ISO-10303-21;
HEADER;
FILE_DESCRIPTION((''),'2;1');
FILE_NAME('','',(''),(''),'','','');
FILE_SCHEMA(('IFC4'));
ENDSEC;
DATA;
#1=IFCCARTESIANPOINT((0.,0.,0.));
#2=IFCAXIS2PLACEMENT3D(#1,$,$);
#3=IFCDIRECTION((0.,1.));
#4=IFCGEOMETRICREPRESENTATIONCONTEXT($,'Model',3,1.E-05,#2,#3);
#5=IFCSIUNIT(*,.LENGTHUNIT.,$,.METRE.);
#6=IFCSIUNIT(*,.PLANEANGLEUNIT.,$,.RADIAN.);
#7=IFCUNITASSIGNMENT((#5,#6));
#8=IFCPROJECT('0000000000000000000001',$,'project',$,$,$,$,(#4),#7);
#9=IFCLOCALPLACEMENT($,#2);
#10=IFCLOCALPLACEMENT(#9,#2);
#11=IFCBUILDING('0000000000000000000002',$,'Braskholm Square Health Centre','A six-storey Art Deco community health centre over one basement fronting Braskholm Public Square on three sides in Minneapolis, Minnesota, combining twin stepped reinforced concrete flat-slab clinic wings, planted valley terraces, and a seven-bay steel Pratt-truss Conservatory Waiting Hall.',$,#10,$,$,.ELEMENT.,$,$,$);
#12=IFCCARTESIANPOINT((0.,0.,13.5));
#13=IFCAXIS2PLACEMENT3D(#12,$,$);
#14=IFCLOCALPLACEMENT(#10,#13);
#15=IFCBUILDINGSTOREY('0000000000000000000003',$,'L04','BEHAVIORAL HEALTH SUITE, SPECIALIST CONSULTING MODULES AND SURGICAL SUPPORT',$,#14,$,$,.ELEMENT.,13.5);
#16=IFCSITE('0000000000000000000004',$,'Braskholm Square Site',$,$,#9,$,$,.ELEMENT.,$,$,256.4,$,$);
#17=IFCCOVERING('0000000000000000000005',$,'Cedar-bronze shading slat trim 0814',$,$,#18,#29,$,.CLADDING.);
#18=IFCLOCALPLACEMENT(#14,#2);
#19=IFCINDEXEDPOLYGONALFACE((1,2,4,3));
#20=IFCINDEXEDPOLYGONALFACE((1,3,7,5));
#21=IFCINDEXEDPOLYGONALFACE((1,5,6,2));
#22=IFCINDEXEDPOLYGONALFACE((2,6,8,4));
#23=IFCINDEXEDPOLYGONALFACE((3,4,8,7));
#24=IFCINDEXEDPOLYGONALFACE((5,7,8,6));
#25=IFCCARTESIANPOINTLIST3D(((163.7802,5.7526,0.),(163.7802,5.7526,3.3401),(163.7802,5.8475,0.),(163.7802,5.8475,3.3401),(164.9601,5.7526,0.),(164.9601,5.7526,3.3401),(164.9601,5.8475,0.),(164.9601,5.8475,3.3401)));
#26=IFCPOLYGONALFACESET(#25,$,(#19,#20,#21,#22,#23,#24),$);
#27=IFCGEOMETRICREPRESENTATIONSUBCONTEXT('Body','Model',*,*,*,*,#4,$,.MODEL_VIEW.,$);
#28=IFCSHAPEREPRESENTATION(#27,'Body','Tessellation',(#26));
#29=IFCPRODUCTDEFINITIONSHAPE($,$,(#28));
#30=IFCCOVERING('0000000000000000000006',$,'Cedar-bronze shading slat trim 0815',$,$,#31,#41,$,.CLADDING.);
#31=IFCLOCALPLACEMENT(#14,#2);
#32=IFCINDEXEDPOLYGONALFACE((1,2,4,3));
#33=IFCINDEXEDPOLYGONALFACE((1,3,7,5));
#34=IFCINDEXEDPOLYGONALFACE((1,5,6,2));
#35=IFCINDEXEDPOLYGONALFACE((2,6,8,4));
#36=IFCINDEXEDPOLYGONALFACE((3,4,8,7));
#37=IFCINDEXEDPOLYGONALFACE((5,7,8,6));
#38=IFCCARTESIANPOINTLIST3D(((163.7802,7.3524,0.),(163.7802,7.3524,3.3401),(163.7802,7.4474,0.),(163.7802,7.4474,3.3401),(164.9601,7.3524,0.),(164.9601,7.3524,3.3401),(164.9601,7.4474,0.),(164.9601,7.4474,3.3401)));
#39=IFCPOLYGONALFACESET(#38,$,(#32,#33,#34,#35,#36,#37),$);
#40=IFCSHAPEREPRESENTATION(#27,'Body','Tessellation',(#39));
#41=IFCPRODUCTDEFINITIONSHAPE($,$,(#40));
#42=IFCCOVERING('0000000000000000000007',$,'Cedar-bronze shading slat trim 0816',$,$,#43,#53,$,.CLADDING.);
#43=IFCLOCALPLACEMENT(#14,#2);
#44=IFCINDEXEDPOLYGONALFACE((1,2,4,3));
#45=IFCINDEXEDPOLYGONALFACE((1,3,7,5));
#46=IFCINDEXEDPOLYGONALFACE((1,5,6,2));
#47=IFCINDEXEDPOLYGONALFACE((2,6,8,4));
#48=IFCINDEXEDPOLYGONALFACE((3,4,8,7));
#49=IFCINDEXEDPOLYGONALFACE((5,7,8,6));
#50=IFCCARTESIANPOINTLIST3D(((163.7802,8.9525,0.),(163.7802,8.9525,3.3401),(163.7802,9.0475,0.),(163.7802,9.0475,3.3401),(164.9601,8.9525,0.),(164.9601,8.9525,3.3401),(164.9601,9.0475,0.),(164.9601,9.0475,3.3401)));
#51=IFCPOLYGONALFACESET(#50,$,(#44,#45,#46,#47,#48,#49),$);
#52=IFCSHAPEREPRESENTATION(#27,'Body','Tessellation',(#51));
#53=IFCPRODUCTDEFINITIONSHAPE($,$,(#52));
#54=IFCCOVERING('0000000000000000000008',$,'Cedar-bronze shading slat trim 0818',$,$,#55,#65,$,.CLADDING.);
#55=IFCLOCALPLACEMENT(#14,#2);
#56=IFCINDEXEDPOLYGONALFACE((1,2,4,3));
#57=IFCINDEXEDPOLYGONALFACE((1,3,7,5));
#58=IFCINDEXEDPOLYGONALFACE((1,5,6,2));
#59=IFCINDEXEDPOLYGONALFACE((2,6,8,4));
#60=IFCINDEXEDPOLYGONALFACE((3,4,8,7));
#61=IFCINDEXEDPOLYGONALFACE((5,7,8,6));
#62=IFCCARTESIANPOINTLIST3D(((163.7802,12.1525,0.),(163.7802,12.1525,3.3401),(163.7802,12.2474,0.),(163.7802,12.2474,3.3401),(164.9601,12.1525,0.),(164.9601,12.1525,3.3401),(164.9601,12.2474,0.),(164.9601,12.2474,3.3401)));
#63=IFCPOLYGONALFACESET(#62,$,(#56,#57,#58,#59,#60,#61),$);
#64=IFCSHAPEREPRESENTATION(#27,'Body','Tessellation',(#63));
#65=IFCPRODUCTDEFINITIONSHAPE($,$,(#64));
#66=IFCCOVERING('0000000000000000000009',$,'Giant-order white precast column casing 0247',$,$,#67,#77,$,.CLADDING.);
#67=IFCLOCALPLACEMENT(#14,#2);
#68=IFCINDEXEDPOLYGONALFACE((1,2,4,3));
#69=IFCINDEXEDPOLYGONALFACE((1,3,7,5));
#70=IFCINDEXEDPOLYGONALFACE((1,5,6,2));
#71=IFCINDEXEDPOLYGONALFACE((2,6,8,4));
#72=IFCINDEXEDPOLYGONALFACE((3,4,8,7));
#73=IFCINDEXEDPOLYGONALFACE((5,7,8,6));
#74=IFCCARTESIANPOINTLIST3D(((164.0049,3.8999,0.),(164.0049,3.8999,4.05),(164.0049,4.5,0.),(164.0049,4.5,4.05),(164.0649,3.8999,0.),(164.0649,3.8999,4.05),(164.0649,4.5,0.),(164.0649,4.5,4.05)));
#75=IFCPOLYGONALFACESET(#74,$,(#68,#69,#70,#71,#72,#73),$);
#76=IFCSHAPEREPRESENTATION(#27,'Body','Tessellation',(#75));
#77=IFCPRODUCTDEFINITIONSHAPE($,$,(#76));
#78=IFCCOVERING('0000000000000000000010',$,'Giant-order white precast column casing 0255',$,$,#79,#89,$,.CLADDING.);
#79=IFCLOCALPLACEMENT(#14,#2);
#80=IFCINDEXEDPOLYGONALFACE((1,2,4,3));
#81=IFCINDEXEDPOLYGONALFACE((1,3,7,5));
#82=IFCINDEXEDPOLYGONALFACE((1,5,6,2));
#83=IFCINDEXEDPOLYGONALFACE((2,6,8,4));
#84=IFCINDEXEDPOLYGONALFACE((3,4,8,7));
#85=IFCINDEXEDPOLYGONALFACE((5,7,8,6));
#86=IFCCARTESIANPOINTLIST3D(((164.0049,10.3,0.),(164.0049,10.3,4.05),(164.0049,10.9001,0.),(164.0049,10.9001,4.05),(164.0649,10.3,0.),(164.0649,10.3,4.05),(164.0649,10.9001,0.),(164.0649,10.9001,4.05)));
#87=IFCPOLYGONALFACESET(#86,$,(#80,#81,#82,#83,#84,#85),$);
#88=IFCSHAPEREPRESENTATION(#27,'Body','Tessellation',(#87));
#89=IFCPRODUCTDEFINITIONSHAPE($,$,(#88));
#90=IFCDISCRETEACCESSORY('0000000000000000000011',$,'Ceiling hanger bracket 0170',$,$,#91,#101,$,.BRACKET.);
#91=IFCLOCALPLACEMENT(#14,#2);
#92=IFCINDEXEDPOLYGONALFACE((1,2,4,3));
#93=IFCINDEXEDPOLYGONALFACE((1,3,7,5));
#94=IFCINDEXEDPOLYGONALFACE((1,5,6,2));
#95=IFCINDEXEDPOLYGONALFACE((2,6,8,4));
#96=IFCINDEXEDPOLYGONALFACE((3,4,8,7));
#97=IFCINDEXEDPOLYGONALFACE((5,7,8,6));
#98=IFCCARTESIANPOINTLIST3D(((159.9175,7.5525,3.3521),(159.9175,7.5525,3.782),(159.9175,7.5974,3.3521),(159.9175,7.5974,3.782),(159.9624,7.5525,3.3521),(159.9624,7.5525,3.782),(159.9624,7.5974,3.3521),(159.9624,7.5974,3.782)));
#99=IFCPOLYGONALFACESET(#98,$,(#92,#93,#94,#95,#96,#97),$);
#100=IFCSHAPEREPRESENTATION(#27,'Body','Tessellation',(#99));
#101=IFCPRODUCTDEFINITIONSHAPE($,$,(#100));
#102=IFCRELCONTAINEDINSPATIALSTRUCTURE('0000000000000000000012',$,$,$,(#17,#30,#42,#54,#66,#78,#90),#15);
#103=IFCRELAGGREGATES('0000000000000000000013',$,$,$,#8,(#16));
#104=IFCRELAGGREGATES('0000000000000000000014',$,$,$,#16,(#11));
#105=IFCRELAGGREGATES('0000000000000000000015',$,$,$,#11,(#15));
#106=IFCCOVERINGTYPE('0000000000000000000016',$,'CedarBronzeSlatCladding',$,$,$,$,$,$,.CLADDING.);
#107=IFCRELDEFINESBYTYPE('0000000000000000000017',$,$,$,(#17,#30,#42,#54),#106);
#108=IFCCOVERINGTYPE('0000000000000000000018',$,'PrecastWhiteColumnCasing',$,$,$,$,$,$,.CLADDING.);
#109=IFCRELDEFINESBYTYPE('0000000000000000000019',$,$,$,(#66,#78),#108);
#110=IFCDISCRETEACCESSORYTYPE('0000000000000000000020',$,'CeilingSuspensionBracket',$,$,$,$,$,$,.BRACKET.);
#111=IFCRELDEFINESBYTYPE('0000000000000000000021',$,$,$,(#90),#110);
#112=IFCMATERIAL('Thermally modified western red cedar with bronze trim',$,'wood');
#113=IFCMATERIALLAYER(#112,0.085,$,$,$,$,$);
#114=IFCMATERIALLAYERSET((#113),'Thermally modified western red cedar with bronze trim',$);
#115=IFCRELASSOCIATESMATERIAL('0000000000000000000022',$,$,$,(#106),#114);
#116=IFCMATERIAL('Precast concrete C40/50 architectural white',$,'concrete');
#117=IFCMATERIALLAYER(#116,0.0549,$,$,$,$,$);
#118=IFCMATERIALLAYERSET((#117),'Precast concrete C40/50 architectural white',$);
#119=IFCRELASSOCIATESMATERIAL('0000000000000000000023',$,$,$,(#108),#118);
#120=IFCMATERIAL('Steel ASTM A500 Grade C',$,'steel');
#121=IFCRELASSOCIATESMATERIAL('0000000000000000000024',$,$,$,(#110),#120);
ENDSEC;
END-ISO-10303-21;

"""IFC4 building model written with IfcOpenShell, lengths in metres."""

from ifc_helpers import new_model, si_unit, direction, frame, origin, origin_2d, place, context, subcontext, project, spatial, rectangle, extrude, material, layer, layer_set, type_object, element, save


model = new_model("IFC4")

# Units and contexts
model_context = context("Model", 3, precision=1e-05, world=origin(), true_north=direction((0.0, 1.0)))
body_context = subcontext(model_context, "Body", "Model", "MODEL_VIEW")
ifc_project = project(units=[si_unit("LENGTHUNIT", "METRE"), si_unit("PLANEANGLEUNIT", "RADIAN")], contexts=[model_context])

# Site, building, storey
site_placement = place(None, origin())
site = spatial("IfcSite", under=ifc_project, at=site_placement, Name="Braskholm Square Site", CompositionType="ELEMENT", RefElevation=256.4)
building_placement = place(site_placement, origin())
building = spatial("IfcBuilding", under=site, at=building_placement, Name="Braskholm Square Health Centre", Description="A six-storey Art Deco community health centre over one basement fronting Braskholm Public Square on three sides in Minneapolis, Minnesota, combining twin stepped reinforced concrete flat-slab clinic wings, planted valley terraces, and a seven-bay steel Pratt-truss Conservatory Waiting Hall.", CompositionType="ELEMENT")
storey_placement = place(building_placement, frame((0.0, 0.0, 13.5)))
storey = spatial("IfcBuildingStorey", under=building, at=storey_placement, Name="L04", Description="BEHAVIORAL HEALTH SUITE, SPECIALIST CONSULTING MODULES AND SURGICAL SUPPORT", CompositionType="ELEMENT", Elevation=13.5)

# Shared definitions
ifc_material_1 = material(Name="Precast concrete C40/50 architectural white", Category="concrete")

# Shared definitions
ifc_material_2 = material(Name="Thermally modified western red cedar with bronze trim", Category="wood")

# Coverings
ifc_layer_1 = layer(ifc_material_2, 0.085)
ifc_layer_set_1 = layer_set([ifc_layer_1], Name="Thermally modified western red cedar with bronze trim")
covering_type_1 = type_object("IfcCoveringType", Name="CedarBronzeSlatCladding", PredefinedType="CLADDING", material=ifc_layer_set_1)
for number, where, z_axis, x_axis, name in (
    (1, (164.3701, 5.8, 0.0), (0.0, 0.0, 1.0), (1.0, 0.0, 0.0), "Cedar-bronze shading slat trim 0814"),
    (2, (164.3701, 7.3999, 0.0), (0.0, 0.0, 1.0), (1.0, 0.0, 0.0), "Cedar-bronze shading slat trim 0815"),
    (3, (164.3701, 9.0, 0.0), (0.0, 0.0, 1.0), (1.0, 0.0, 0.0), "Cedar-bronze shading slat trim 0816"),
    (4, (164.3701, 12.2, 0.0), (0.0, 0.0, 1.0), (1.0, 0.0, 0.0), "Cedar-bronze shading slat trim 0818"),
):
    element("IfcCovering", number, at=place(storey_placement, frame(where, z_axis=z_axis, x_axis=x_axis)), inside=storey, type_object=covering_type_1, Name=name, PredefinedType="CLADDING", context=body_context, shape_type="SweptSolid", body=[
        extrude(rectangle(XDim=1.1799, YDim=0.095, at=origin_2d()), origin(), (0.0, 0.0, 1.0), 3.3401),
    ])
ifc_layer_2 = layer(ifc_material_1, 0.0549)
ifc_layer_set_2 = layer_set([ifc_layer_2], Name="Precast concrete C40/50 architectural white")
covering_type_2 = type_object("IfcCoveringType", Name="PrecastWhiteColumnCasing", PredefinedType="CLADDING", material=ifc_layer_set_2)
for number, where, z_axis, x_axis, name in (
    (5, (164.0349, 4.2, 0.0), (0.0, 0.0, 1.0), (1.0, 0.0, 0.0), "Giant-order white precast column casing 0247"),
    (6, (164.0349, 10.6001, 0.0), (0.0, 0.0, 1.0), (1.0, 0.0, 0.0), "Giant-order white precast column casing 0255"),
):
    element("IfcCovering", number, at=place(storey_placement, frame(where, z_axis=z_axis, x_axis=x_axis)), inside=storey, type_object=covering_type_2, Name=name, PredefinedType="CLADDING", context=body_context, shape_type="SweptSolid", body=[
        extrude(rectangle(XDim=0.0601, YDim=0.6001, at=origin_2d()), origin(), (0.0, 0.0, 1.0), 4.05),
    ])

# Discrete accessory
ifc_material_3 = material(Name="Steel ASTM A500 Grade C", Category="steel")
discrete_accessory_type = type_object("IfcDiscreteAccessoryType", Name="CeilingSuspensionBracket", PredefinedType="BRACKET", material=ifc_material_3)
discrete_accessory_placement = place(storey_placement, frame((159.9399, 7.575, 3.3521), z_axis=(0.0, 0.0, 1.0), x_axis=(1.0, 0.0, 0.0)))
element("IfcDiscreteAccessory", 7, at=discrete_accessory_placement, inside=storey, type_object=discrete_accessory_type, Name="Ceiling hanger bracket 0170", PredefinedType="BRACKET", context=body_context, shape_type="SweptSolid", body=[
    extrude(rectangle(XDim=0.0449, YDim=0.0449, at=origin_2d()), origin(), (0.0, 0.0, 1.0), 0.4299),
])

save(model, "model.ifc")
